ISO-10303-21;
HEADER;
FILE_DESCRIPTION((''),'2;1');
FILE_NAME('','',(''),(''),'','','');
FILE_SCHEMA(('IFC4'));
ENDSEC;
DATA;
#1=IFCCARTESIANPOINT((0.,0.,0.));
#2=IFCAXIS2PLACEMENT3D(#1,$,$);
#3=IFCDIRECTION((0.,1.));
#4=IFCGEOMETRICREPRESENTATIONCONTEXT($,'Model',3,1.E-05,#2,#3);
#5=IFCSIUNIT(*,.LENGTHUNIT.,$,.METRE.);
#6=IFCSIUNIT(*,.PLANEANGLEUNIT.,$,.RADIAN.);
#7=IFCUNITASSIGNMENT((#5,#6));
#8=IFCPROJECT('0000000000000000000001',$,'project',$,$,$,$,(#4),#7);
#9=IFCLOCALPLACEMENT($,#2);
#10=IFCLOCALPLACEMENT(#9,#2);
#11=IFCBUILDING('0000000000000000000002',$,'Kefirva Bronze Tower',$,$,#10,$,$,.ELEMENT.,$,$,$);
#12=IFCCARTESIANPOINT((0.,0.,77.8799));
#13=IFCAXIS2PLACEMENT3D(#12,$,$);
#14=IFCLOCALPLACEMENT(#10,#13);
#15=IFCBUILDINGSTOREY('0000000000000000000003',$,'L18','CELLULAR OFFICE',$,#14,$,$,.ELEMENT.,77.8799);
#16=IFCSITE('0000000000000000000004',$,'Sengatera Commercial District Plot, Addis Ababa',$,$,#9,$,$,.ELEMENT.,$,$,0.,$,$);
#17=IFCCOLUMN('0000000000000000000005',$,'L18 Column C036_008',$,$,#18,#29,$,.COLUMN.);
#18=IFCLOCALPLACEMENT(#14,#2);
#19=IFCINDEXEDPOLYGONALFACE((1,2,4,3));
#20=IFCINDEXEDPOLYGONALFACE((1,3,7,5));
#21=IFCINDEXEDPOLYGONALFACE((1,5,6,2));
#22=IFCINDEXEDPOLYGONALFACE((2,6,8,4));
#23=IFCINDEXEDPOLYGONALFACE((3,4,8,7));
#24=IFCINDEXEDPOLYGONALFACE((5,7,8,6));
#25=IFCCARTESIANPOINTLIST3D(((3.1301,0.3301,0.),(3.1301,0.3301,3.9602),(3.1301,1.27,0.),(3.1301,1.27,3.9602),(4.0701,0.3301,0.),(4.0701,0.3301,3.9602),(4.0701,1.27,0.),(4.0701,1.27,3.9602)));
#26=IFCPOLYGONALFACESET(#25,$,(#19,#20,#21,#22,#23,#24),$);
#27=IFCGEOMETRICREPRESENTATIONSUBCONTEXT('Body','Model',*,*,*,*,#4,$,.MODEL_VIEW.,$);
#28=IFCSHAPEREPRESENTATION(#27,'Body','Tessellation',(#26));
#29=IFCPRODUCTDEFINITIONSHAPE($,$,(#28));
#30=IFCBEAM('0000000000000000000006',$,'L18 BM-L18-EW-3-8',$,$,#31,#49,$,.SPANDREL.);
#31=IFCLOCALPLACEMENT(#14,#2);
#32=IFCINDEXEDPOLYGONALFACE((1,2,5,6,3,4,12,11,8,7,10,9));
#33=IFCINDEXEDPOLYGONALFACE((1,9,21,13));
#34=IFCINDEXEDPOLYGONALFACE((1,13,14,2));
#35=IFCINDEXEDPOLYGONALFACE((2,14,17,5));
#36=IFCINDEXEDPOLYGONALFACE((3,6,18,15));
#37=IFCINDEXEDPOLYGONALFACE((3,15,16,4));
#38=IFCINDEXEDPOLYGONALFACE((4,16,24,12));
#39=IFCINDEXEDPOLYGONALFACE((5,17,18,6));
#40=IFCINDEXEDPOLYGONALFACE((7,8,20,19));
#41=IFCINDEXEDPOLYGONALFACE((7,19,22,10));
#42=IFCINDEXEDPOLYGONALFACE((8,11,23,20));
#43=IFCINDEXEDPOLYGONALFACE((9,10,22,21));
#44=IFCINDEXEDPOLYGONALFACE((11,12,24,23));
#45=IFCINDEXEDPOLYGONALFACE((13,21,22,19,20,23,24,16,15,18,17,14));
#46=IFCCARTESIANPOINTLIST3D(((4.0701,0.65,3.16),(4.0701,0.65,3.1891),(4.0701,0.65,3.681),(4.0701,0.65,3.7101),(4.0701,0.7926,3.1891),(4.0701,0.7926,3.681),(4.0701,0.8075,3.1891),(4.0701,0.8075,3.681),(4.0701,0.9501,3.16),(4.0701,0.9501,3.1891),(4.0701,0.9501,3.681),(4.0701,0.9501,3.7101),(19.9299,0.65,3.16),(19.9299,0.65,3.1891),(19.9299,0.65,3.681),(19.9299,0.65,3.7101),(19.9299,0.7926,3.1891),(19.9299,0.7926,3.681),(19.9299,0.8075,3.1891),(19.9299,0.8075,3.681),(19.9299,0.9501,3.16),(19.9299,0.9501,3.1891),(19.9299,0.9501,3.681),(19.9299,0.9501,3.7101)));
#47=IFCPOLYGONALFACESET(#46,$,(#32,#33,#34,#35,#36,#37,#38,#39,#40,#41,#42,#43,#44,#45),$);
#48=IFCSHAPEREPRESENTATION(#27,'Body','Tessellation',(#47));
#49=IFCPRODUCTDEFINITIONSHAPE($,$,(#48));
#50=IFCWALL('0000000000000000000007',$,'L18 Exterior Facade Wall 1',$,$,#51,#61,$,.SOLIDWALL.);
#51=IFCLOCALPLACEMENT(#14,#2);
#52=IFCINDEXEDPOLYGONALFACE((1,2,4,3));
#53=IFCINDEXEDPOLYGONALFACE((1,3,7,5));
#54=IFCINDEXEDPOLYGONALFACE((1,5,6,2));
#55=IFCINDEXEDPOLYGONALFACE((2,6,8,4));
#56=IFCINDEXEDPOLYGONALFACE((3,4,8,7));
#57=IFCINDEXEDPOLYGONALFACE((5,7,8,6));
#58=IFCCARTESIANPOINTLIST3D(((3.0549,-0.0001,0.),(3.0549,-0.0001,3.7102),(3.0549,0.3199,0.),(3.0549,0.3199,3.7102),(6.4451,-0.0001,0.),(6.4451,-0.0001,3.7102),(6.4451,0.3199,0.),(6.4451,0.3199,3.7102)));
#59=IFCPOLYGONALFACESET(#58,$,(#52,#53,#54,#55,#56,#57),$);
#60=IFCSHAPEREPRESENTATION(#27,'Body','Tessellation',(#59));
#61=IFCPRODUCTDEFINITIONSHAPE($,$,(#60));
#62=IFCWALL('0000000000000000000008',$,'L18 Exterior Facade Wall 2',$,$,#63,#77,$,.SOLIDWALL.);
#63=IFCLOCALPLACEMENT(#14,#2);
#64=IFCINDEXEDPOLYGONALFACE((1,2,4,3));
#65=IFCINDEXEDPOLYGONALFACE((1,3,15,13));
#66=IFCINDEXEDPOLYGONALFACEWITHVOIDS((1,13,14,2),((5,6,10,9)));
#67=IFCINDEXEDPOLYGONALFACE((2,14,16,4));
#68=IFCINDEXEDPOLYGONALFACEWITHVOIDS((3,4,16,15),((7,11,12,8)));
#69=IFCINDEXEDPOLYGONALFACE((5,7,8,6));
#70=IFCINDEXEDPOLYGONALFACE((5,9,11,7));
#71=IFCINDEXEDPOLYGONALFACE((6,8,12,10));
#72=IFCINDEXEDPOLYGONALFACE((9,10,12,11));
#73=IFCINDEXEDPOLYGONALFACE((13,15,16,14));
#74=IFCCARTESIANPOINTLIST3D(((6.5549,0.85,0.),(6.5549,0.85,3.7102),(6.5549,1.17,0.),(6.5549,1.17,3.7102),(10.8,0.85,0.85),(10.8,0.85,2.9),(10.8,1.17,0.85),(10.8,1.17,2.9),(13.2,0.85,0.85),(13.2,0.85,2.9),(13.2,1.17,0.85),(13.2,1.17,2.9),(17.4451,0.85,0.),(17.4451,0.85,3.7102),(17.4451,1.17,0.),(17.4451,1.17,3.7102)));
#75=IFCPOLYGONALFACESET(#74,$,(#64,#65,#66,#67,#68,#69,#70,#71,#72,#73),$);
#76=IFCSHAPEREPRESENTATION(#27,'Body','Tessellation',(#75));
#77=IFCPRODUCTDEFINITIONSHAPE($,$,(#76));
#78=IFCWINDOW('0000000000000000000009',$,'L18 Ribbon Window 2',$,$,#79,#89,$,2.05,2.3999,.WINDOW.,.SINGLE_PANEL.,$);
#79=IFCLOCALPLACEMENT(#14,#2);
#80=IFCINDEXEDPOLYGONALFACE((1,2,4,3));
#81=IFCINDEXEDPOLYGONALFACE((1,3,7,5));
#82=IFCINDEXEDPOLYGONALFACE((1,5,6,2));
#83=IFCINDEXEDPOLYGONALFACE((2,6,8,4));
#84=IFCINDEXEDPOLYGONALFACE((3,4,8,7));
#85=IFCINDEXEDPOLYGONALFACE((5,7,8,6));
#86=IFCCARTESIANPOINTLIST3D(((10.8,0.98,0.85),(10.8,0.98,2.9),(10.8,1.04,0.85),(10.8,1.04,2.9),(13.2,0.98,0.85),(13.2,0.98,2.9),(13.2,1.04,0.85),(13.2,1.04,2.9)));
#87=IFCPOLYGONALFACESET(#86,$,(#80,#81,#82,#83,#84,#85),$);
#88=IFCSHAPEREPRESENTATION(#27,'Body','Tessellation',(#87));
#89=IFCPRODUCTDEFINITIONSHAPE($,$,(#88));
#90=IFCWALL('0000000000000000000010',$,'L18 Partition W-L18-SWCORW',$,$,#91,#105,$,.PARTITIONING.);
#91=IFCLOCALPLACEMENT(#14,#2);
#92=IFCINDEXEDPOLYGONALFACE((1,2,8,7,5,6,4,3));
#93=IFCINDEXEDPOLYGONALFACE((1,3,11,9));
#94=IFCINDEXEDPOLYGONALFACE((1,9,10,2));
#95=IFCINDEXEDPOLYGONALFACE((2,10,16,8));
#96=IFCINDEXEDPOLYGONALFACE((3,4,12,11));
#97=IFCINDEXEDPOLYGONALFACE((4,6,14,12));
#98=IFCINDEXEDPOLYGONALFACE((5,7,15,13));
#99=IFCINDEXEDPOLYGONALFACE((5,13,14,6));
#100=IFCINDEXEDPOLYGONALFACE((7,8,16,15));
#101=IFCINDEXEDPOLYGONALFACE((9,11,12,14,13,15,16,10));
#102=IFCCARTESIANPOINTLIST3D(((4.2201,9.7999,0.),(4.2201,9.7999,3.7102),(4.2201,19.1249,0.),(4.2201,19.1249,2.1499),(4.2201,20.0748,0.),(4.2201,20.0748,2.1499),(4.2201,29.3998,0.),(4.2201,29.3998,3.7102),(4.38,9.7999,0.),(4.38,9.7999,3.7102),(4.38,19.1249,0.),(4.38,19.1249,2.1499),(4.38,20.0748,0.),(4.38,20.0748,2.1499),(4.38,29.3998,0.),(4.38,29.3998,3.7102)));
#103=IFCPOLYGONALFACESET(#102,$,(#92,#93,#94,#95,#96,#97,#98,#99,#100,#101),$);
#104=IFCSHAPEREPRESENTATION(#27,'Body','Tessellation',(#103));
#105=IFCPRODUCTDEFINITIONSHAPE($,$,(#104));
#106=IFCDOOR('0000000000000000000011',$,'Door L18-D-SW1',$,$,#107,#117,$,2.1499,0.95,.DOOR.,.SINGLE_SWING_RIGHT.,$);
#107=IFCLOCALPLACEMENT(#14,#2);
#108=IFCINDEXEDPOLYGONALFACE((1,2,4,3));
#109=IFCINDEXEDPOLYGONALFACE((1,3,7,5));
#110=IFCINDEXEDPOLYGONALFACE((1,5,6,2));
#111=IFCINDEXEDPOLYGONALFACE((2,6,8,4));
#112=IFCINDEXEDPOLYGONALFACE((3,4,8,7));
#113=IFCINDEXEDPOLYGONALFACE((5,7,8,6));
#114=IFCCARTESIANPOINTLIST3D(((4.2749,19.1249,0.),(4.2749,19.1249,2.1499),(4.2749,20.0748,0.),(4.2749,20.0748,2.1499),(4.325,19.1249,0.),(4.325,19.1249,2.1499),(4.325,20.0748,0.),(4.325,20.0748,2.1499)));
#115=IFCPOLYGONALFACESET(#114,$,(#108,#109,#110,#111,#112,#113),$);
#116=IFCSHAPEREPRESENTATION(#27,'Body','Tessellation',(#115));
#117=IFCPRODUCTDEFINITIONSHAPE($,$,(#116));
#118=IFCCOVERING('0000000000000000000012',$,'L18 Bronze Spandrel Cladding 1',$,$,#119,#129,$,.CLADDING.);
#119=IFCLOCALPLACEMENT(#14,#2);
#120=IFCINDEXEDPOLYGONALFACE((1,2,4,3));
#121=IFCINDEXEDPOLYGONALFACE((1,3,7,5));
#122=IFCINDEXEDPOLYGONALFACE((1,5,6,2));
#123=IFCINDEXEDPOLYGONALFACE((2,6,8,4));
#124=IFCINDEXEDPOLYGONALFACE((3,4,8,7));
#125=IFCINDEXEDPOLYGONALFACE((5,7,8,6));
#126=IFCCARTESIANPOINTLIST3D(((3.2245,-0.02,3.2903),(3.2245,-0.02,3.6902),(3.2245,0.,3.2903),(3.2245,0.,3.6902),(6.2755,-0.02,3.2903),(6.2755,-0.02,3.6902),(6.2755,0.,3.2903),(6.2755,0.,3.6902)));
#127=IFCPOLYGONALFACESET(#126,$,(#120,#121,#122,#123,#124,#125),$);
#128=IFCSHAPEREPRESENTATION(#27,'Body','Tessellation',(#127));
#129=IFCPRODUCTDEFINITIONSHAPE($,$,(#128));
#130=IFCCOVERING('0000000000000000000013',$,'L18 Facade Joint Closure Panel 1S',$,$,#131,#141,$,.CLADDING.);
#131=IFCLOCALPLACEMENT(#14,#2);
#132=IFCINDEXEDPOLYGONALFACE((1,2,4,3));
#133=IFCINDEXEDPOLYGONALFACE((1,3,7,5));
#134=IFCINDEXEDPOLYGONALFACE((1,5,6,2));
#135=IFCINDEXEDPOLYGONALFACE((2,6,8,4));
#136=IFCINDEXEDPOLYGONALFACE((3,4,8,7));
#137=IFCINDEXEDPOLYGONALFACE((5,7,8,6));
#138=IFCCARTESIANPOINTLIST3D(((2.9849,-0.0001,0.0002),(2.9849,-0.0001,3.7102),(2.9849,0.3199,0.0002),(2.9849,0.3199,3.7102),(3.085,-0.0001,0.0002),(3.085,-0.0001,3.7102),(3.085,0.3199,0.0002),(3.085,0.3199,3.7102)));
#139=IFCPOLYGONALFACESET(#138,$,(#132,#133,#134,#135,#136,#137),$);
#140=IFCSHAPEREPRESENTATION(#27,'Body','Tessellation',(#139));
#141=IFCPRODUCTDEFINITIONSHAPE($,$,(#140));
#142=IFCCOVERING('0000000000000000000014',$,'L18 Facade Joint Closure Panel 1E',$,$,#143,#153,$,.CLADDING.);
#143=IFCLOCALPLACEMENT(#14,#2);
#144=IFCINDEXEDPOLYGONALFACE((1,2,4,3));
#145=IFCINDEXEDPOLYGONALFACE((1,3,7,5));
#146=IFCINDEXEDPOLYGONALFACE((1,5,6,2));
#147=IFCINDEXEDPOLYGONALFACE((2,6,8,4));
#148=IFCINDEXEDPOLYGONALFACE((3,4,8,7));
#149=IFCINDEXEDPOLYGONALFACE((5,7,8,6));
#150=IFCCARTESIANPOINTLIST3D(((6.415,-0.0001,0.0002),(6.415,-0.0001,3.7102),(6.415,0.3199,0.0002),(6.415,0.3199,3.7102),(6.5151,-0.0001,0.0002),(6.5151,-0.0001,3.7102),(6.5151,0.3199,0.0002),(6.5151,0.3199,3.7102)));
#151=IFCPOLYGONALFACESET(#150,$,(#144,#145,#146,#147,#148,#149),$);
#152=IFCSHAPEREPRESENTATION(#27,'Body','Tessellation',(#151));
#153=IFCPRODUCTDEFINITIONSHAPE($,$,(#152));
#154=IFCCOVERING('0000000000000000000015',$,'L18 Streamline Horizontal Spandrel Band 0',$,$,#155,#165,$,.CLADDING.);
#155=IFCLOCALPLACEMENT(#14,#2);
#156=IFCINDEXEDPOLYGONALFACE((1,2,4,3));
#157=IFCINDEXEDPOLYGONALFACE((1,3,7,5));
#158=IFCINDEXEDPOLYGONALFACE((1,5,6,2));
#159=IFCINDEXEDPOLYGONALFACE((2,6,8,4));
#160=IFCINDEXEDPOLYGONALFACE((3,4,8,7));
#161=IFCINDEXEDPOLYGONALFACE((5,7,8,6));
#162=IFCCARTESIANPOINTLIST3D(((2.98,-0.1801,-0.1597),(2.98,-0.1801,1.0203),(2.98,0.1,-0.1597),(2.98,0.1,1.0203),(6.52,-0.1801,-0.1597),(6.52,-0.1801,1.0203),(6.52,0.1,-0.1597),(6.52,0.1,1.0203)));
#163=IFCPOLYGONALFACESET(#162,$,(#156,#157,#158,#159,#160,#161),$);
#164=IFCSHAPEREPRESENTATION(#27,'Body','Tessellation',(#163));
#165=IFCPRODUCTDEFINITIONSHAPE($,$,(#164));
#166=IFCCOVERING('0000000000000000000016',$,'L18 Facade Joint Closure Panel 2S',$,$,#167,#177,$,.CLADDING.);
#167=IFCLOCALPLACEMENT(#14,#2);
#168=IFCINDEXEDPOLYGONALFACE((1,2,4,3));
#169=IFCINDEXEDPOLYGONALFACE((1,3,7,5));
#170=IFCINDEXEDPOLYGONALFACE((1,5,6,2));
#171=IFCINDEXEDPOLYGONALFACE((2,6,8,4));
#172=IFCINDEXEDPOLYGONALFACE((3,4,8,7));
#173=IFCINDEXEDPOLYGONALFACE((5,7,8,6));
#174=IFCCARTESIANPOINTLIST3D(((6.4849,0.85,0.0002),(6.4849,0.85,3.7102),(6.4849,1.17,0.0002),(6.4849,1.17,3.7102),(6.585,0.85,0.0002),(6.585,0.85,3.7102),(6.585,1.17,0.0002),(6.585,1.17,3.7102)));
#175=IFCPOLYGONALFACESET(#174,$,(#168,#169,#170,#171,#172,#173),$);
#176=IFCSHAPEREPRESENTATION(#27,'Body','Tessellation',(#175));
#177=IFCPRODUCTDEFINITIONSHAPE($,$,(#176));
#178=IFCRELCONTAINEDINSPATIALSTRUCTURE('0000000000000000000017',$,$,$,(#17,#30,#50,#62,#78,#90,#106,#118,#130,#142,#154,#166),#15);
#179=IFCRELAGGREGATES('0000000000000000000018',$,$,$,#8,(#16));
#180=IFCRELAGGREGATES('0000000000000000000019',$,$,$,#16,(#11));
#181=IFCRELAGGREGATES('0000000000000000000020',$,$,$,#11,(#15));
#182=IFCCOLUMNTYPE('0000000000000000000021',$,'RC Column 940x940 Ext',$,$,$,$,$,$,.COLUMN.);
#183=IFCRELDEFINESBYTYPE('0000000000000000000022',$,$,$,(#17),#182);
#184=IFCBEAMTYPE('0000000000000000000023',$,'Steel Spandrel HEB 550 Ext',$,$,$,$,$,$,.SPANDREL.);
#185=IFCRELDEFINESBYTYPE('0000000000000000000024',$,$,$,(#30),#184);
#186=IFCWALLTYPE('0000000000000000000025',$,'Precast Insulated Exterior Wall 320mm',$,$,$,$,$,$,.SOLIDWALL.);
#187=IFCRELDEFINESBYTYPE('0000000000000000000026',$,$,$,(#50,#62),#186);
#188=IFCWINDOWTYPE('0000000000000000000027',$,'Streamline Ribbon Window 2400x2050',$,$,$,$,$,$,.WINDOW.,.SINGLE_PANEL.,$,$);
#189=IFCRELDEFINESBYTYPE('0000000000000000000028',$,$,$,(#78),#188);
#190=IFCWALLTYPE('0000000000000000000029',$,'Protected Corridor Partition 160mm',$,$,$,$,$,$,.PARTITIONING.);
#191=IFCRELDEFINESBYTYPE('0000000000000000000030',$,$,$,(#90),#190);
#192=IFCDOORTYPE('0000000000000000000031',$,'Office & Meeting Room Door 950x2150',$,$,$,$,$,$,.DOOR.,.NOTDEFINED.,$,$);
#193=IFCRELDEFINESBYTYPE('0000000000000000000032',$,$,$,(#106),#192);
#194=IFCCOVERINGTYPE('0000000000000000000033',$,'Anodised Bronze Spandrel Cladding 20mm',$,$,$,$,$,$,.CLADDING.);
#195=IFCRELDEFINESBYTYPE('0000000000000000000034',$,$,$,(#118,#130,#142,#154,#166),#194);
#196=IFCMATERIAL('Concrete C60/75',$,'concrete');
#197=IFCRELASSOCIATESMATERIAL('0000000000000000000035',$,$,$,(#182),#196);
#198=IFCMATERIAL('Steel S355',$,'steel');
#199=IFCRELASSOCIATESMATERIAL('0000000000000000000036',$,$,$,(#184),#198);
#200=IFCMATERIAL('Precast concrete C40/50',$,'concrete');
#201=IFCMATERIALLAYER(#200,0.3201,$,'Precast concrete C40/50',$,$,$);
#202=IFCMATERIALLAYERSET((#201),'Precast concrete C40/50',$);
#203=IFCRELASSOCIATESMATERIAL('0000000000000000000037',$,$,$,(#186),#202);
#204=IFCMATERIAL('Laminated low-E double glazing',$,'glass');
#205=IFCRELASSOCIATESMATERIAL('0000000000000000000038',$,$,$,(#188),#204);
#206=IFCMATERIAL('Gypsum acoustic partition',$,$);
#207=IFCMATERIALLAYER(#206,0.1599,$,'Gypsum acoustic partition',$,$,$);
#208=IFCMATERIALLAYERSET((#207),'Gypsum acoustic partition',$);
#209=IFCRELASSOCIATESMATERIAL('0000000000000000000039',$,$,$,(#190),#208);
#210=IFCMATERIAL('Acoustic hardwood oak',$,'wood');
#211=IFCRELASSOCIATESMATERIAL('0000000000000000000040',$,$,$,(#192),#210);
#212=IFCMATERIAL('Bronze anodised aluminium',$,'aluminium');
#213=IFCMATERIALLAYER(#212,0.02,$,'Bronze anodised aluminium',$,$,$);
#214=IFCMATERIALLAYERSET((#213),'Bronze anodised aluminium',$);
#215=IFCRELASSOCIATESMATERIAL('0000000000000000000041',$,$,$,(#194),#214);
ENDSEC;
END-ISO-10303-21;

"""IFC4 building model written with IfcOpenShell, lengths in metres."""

from ifc_helpers import new_model, si_unit, direction, frame, frame_2d, origin, origin_2d, place, context, subcontext, project, spatial, rectangle, i_section, extrude, material, layer, layer_set, material_profile, profile_set, type_object, element, fill, save


model = new_model("IFC4")

# Units and contexts
model_context = context("Model", 3, precision=1e-05, world=origin(), true_north=direction((0.0, 1.0)))
body_context = subcontext(model_context, "Body", "Model", "MODEL_VIEW")
ifc_project = project(units=[si_unit("LENGTHUNIT", "METRE"), si_unit("PLANEANGLEUNIT", "RADIAN")], contexts=[model_context])

# Site, building, storey
site_placement = place(None, origin())
site = spatial("IfcSite", under=ifc_project, at=site_placement, Name="Sengatera Commercial District Plot, Addis Ababa", CompositionType="ELEMENT", RefElevation=0.0)
building_placement = place(site_placement, origin())
building = spatial("IfcBuilding", under=site, at=building_placement, Name="Kefirva Bronze Tower", CompositionType="ELEMENT")
storey_placement = place(building_placement, frame((0.0, 0.0, 77.8799)))
storey = spatial("IfcBuildingStorey", under=building, at=storey_placement, Name="L18", Description="CELLULAR OFFICE", CompositionType="ELEMENT", Elevation=77.8799)

# Column
ifc_material_1 = material(Name="Concrete C60/75", Category="concrete")
ifc_material_profile_1 = material_profile(ifc_material_1, rectangle(XDim=0.9399, YDim=0.9399, at=origin_2d()), Name="RC 940x940")
ifc_profile_set_1 = profile_set([ifc_material_profile_1], Name="Concrete C60/75")
column_type = type_object("IfcColumnType", Name="RC Column 940x940 Ext", PredefinedType="COLUMN", material=ifc_profile_set_1)
column_placement = place(storey_placement, frame((3.6001, 0.8, 0.0), z_axis=(0.0, 0.0, 1.0), x_axis=(1.0, 0.0, 0.0)))
element("IfcColumn", 1, at=column_placement, inside=storey, type_object=column_type, Name="L18 Column C036_008", PredefinedType="COLUMN", context=body_context, shape_type="SweptSolid", body=[
    extrude(rectangle(XDim=0.9399, YDim=0.9399, at=origin_2d()), origin(), (0.0, 0.0, 1.0), 3.9602),
])

# Beam
ifc_material_2 = material(Name="Steel S355", Category="steel")
ifc_material_profile_2 = material_profile(ifc_material_2, i_section(OverallWidth=0.3, OverallDepth=0.55, WebThickness=0.0149, FlangeThickness=0.0291, at=origin_2d()), Name="HEB 550")
ifc_profile_set_2 = profile_set([ifc_material_profile_2], Name="Steel S355")
beam_type = type_object("IfcBeamType", Name="Steel Spandrel HEB 550 Ext", PredefinedType="SPANDREL", material=ifc_profile_set_2)
beam_placement = place(storey_placement, frame((4.0701, 0.8, 3.4351), z_axis=(1.0, 0.0, 0.0), x_axis=(0.0, 1.0, 0.0)))
element("IfcBeam", 2, at=beam_placement, inside=storey, type_object=beam_type, Name="L18 BM-L18-EW-3-8", PredefinedType="SPANDREL", context=body_context, shape_type="SweptSolid", body=[
    extrude(i_section(OverallWidth=0.3, OverallDepth=0.55, WebThickness=0.0149, FlangeThickness=0.0291, at=origin_2d()), origin(), (0.0, 0.0, 1.0), 15.8599),
])

# Wall
ifc_material_3 = material(Name="Precast concrete C40/50", Category="concrete")
ifc_layer_1 = layer(ifc_material_3, 0.3201, Name="Precast concrete C40/50")
ifc_layer_set_1 = layer_set([ifc_layer_1], Name="Precast concrete C40/50")
wall_type_1 = type_object("IfcWallType", Name="Precast Insulated Exterior Wall 320mm", PredefinedType="SOLIDWALL", material=ifc_layer_set_1)
wall_1_placement = place(storey_placement, frame((3.0549, 0.1599, 0.0), z_axis=(0.0, 0.0, 1.0), x_axis=(1.0, 0.0, 0.0)))
element("IfcWall", 3, at=wall_1_placement, inside=storey, type_object=wall_type_1, Name="L18 Exterior Facade Wall 1", PredefinedType="SOLIDWALL", context=body_context, shape_type="SweptSolid", body=[
    extrude(rectangle(XDim=3.3901, YDim=0.3201, at=frame_2d((1.6951, 0.0))), origin(), (0.0, 0.0, 1.0), 3.7102),
])

# Wall, opening, window
wall_2_placement = place(storey_placement, frame((6.5549, 1.01, 0.0), z_axis=(0.0, 0.0, 1.0), x_axis=(1.0, 0.0, 0.0)))
wall_2 = element("IfcWall", 4, at=wall_2_placement, inside=storey, type_object=wall_type_1, Name="L18 Exterior Facade Wall 2", PredefinedType="SOLIDWALL", context=body_context, shape_type="SweptSolid", body=[
    extrude(rectangle(XDim=10.8901, YDim=0.3201, at=frame_2d((5.4451, 0.0))), origin(), (0.0, 0.0, 1.0), 3.7102),
])
opening_1_placement = place(wall_2_placement, frame((4.2451, 0.0, 0.8501)))
opening_1 = element("IfcOpeningElement", 5, at=opening_1_placement, cuts=wall_2, PredefinedType="OPENING", context=body_context, shape_type="SweptSolid", body=[
    extrude(rectangle(XDim=2.3999, YDim=2.05, at=frame_2d((1.2, 1.0249))), frame((0.0, 0.1699, 0.0), z_axis=(0.0, -1.0, 0.0), x_axis=(1.0, 0.0, 0.0)), (0.0, 0.0, 1.0), 0.3401),
])
ifc_material_4 = material(Name="Laminated low-E double glazing", Category="glass")
window_type = type_object("IfcWindowType", Name="Streamline Ribbon Window 2400x2050", PartitioningType="SINGLE_PANEL", PredefinedType="WINDOW", material=ifc_material_4)
window_placement = place(opening_1_placement, origin())
window = element("IfcWindow", 6, at=window_placement, inside=storey, type_object=window_type, Name="L18 Ribbon Window 2", OverallHeight=2.05, OverallWidth=2.3999, PartitioningType="SINGLE_PANEL", PredefinedType="WINDOW", context=body_context, shape_type="SweptSolid", body=[
    extrude(rectangle(XDim=2.3999, YDim=2.05, at=frame_2d((1.2, 1.0249))), frame((0.0, 0.03, 0.0), z_axis=(0.0, -1.0, 0.0), x_axis=(1.0, 0.0, 0.0)), (0.0, 0.0, 1.0), 0.0601),
])
fill(opening_1, window)

# Wall, opening, door
ifc_material_5 = material(Name="Gypsum acoustic partition")
ifc_layer_2 = layer(ifc_material_5, 0.1599, Name="Gypsum acoustic partition")
ifc_layer_set_2 = layer_set([ifc_layer_2], Name="Gypsum acoustic partition")
wall_type_2 = type_object("IfcWallType", Name="Protected Corridor Partition 160mm", PredefinedType="PARTITIONING", material=ifc_layer_set_2)
wall_3_placement = place(storey_placement, frame((4.3, 9.8, 0.0), z_axis=(0.0, 0.0, 1.0), x_axis=(0.0, 1.0, 0.0)))
wall_3 = element("IfcWall", 7, at=wall_3_placement, inside=storey, type_object=wall_type_2, Name="L18 Partition W-L18-SWCORW", PredefinedType="PARTITIONING", context=body_context, shape_type="SweptSolid", body=[
    extrude(rectangle(XDim=19.5999, YDim=0.1599, at=frame_2d((9.7998, 0.0))), origin(), (0.0, 0.0, 1.0), 3.7102),
])
opening_2_placement = place(wall_3_placement, frame((10.2749, 0.0, 0.0), z_axis=(0.0, 0.0, 1.0), x_axis=(-1.0, 0.0, 0.0)))
opening_2 = element("IfcOpeningElement", 8, at=opening_2_placement, cuts=wall_3, PredefinedType="OPENING", context=body_context, shape_type="SweptSolid", body=[
    extrude(rectangle(XDim=0.95, YDim=2.1499, at=frame_2d((0.4751, 1.075))), frame((0.0, 0.0898, 0.0), z_axis=(0.0, -1.0, 0.0), x_axis=(1.0, 0.0, 0.0)), (0.0, 0.0, 1.0), 0.1799),
])
ifc_material_6 = material(Name="Acoustic hardwood oak", Category="wood")
door_type = type_object("IfcDoorType", Name="Office & Meeting Room Door 950x2150", OperationType="NOTDEFINED", PredefinedType="DOOR", material=ifc_material_6)
door_1_placement = place(opening_2_placement, origin())
door_1 = element("IfcDoor", 9, at=door_1_placement, inside=storey, type_object=door_type, Name="Door L18-D-SW1", OperationType="SINGLE_SWING_RIGHT", OverallHeight=2.1499, OverallWidth=0.95, PredefinedType="DOOR", context=body_context, shape_type="SweptSolid", body=[
    extrude(rectangle(XDim=0.95, YDim=2.1499, at=frame_2d((0.4751, 1.075))), frame((0.0, 0.0249, 0.0), z_axis=(0.0, -1.0, 0.0), x_axis=(1.0, 0.0, 0.0)), (0.0, 0.0, 1.0), 0.05),
])
fill(opening_2, door_1)

# Coverings
ifc_material_7 = material(Name="Bronze anodised aluminium", Category="aluminium")
ifc_layer_3 = layer(ifc_material_7, 0.02, Name="Bronze anodised aluminium")
ifc_layer_set_3 = layer_set([ifc_layer_3], Name="Bronze anodised aluminium")
covering_type_1 = type_object("IfcCoveringType", Name="Anodised Bronze Spandrel Cladding 20mm", PredefinedType="CLADDING", material=ifc_layer_set_3)
covering_1_placement = place(storey_placement, frame((4.75, -0.01, 3.2903), z_axis=(0.0, 0.0, 1.0), x_axis=(1.0, 0.0, 0.0)))
element("IfcCovering", 10, at=covering_1_placement, inside=storey, type_object=covering_type_1, Name="L18 Bronze Spandrel Cladding 1", PredefinedType="CLADDING", context=body_context, shape_type="SweptSolid", body=[
    extrude(rectangle(XDim=3.051, YDim=0.02, at=origin_2d()), origin(), (0.0, 0.0, 1.0), 0.3999),
])
for number, where, z_axis, x_axis, name in (
    (11, (3.0349, 0.1599, 0.0002), (0.0, 0.0, 1.0), (1.0, 0.0, 0.0), "L18 Facade Joint Closure Panel 1S"),
    (12, (6.4651, 0.1599, 0.0002), (0.0, 0.0, 1.0), (1.0, 0.0, 0.0), "L18 Facade Joint Closure Panel 1E"),
):
    element("IfcCovering", number, at=place(storey_placement, frame(where, z_axis=z_axis, x_axis=x_axis)), inside=storey, type_object=covering_type_1, Name=name, PredefinedType="CLADDING", context=body_context, shape_type="SweptSolid", body=[
        extrude(rectangle(XDim=0.1001, YDim=0.3201, at=origin_2d()), origin(), (0.0, 0.0, 1.0), 3.71),
    ])
covering_2_placement = place(storey_placement, frame((4.75, -0.04, -0.1597), z_axis=(0.0, 0.0, 1.0), x_axis=(1.0, 0.0, 0.0)))
element("IfcCovering", 13, at=covering_2_placement, inside=storey, type_object=covering_type_1, Name="L18 Streamline Horizontal Spandrel Band 0", PredefinedType="CLADDING", context=body_context, shape_type="SweptSolid", body=[
    extrude(rectangle(XDim=3.54, YDim=0.28, at=origin_2d()), origin(), (0.0, 0.0, 1.0), 1.1799),
])
for number, where, z_axis, x_axis, name in (
    (14, (6.5349, 1.01, 0.0002), (0.0, 0.0, 1.0), (1.0, 0.0, 0.0), "L18 Facade Joint Closure Panel 2S"),
):
    element("IfcCovering", number, at=place(storey_placement, frame(where, z_axis=z_axis, x_axis=x_axis)), inside=storey, type_object=covering_type_1, Name=name, PredefinedType="CLADDING", context=body_context, shape_type="SweptSolid", body=[
        extrude(rectangle(XDim=0.1001, YDim=0.3201, at=origin_2d()), origin(), (0.0, 0.0, 1.0), 3.71),
    ])

save(model, "model.ifc")
